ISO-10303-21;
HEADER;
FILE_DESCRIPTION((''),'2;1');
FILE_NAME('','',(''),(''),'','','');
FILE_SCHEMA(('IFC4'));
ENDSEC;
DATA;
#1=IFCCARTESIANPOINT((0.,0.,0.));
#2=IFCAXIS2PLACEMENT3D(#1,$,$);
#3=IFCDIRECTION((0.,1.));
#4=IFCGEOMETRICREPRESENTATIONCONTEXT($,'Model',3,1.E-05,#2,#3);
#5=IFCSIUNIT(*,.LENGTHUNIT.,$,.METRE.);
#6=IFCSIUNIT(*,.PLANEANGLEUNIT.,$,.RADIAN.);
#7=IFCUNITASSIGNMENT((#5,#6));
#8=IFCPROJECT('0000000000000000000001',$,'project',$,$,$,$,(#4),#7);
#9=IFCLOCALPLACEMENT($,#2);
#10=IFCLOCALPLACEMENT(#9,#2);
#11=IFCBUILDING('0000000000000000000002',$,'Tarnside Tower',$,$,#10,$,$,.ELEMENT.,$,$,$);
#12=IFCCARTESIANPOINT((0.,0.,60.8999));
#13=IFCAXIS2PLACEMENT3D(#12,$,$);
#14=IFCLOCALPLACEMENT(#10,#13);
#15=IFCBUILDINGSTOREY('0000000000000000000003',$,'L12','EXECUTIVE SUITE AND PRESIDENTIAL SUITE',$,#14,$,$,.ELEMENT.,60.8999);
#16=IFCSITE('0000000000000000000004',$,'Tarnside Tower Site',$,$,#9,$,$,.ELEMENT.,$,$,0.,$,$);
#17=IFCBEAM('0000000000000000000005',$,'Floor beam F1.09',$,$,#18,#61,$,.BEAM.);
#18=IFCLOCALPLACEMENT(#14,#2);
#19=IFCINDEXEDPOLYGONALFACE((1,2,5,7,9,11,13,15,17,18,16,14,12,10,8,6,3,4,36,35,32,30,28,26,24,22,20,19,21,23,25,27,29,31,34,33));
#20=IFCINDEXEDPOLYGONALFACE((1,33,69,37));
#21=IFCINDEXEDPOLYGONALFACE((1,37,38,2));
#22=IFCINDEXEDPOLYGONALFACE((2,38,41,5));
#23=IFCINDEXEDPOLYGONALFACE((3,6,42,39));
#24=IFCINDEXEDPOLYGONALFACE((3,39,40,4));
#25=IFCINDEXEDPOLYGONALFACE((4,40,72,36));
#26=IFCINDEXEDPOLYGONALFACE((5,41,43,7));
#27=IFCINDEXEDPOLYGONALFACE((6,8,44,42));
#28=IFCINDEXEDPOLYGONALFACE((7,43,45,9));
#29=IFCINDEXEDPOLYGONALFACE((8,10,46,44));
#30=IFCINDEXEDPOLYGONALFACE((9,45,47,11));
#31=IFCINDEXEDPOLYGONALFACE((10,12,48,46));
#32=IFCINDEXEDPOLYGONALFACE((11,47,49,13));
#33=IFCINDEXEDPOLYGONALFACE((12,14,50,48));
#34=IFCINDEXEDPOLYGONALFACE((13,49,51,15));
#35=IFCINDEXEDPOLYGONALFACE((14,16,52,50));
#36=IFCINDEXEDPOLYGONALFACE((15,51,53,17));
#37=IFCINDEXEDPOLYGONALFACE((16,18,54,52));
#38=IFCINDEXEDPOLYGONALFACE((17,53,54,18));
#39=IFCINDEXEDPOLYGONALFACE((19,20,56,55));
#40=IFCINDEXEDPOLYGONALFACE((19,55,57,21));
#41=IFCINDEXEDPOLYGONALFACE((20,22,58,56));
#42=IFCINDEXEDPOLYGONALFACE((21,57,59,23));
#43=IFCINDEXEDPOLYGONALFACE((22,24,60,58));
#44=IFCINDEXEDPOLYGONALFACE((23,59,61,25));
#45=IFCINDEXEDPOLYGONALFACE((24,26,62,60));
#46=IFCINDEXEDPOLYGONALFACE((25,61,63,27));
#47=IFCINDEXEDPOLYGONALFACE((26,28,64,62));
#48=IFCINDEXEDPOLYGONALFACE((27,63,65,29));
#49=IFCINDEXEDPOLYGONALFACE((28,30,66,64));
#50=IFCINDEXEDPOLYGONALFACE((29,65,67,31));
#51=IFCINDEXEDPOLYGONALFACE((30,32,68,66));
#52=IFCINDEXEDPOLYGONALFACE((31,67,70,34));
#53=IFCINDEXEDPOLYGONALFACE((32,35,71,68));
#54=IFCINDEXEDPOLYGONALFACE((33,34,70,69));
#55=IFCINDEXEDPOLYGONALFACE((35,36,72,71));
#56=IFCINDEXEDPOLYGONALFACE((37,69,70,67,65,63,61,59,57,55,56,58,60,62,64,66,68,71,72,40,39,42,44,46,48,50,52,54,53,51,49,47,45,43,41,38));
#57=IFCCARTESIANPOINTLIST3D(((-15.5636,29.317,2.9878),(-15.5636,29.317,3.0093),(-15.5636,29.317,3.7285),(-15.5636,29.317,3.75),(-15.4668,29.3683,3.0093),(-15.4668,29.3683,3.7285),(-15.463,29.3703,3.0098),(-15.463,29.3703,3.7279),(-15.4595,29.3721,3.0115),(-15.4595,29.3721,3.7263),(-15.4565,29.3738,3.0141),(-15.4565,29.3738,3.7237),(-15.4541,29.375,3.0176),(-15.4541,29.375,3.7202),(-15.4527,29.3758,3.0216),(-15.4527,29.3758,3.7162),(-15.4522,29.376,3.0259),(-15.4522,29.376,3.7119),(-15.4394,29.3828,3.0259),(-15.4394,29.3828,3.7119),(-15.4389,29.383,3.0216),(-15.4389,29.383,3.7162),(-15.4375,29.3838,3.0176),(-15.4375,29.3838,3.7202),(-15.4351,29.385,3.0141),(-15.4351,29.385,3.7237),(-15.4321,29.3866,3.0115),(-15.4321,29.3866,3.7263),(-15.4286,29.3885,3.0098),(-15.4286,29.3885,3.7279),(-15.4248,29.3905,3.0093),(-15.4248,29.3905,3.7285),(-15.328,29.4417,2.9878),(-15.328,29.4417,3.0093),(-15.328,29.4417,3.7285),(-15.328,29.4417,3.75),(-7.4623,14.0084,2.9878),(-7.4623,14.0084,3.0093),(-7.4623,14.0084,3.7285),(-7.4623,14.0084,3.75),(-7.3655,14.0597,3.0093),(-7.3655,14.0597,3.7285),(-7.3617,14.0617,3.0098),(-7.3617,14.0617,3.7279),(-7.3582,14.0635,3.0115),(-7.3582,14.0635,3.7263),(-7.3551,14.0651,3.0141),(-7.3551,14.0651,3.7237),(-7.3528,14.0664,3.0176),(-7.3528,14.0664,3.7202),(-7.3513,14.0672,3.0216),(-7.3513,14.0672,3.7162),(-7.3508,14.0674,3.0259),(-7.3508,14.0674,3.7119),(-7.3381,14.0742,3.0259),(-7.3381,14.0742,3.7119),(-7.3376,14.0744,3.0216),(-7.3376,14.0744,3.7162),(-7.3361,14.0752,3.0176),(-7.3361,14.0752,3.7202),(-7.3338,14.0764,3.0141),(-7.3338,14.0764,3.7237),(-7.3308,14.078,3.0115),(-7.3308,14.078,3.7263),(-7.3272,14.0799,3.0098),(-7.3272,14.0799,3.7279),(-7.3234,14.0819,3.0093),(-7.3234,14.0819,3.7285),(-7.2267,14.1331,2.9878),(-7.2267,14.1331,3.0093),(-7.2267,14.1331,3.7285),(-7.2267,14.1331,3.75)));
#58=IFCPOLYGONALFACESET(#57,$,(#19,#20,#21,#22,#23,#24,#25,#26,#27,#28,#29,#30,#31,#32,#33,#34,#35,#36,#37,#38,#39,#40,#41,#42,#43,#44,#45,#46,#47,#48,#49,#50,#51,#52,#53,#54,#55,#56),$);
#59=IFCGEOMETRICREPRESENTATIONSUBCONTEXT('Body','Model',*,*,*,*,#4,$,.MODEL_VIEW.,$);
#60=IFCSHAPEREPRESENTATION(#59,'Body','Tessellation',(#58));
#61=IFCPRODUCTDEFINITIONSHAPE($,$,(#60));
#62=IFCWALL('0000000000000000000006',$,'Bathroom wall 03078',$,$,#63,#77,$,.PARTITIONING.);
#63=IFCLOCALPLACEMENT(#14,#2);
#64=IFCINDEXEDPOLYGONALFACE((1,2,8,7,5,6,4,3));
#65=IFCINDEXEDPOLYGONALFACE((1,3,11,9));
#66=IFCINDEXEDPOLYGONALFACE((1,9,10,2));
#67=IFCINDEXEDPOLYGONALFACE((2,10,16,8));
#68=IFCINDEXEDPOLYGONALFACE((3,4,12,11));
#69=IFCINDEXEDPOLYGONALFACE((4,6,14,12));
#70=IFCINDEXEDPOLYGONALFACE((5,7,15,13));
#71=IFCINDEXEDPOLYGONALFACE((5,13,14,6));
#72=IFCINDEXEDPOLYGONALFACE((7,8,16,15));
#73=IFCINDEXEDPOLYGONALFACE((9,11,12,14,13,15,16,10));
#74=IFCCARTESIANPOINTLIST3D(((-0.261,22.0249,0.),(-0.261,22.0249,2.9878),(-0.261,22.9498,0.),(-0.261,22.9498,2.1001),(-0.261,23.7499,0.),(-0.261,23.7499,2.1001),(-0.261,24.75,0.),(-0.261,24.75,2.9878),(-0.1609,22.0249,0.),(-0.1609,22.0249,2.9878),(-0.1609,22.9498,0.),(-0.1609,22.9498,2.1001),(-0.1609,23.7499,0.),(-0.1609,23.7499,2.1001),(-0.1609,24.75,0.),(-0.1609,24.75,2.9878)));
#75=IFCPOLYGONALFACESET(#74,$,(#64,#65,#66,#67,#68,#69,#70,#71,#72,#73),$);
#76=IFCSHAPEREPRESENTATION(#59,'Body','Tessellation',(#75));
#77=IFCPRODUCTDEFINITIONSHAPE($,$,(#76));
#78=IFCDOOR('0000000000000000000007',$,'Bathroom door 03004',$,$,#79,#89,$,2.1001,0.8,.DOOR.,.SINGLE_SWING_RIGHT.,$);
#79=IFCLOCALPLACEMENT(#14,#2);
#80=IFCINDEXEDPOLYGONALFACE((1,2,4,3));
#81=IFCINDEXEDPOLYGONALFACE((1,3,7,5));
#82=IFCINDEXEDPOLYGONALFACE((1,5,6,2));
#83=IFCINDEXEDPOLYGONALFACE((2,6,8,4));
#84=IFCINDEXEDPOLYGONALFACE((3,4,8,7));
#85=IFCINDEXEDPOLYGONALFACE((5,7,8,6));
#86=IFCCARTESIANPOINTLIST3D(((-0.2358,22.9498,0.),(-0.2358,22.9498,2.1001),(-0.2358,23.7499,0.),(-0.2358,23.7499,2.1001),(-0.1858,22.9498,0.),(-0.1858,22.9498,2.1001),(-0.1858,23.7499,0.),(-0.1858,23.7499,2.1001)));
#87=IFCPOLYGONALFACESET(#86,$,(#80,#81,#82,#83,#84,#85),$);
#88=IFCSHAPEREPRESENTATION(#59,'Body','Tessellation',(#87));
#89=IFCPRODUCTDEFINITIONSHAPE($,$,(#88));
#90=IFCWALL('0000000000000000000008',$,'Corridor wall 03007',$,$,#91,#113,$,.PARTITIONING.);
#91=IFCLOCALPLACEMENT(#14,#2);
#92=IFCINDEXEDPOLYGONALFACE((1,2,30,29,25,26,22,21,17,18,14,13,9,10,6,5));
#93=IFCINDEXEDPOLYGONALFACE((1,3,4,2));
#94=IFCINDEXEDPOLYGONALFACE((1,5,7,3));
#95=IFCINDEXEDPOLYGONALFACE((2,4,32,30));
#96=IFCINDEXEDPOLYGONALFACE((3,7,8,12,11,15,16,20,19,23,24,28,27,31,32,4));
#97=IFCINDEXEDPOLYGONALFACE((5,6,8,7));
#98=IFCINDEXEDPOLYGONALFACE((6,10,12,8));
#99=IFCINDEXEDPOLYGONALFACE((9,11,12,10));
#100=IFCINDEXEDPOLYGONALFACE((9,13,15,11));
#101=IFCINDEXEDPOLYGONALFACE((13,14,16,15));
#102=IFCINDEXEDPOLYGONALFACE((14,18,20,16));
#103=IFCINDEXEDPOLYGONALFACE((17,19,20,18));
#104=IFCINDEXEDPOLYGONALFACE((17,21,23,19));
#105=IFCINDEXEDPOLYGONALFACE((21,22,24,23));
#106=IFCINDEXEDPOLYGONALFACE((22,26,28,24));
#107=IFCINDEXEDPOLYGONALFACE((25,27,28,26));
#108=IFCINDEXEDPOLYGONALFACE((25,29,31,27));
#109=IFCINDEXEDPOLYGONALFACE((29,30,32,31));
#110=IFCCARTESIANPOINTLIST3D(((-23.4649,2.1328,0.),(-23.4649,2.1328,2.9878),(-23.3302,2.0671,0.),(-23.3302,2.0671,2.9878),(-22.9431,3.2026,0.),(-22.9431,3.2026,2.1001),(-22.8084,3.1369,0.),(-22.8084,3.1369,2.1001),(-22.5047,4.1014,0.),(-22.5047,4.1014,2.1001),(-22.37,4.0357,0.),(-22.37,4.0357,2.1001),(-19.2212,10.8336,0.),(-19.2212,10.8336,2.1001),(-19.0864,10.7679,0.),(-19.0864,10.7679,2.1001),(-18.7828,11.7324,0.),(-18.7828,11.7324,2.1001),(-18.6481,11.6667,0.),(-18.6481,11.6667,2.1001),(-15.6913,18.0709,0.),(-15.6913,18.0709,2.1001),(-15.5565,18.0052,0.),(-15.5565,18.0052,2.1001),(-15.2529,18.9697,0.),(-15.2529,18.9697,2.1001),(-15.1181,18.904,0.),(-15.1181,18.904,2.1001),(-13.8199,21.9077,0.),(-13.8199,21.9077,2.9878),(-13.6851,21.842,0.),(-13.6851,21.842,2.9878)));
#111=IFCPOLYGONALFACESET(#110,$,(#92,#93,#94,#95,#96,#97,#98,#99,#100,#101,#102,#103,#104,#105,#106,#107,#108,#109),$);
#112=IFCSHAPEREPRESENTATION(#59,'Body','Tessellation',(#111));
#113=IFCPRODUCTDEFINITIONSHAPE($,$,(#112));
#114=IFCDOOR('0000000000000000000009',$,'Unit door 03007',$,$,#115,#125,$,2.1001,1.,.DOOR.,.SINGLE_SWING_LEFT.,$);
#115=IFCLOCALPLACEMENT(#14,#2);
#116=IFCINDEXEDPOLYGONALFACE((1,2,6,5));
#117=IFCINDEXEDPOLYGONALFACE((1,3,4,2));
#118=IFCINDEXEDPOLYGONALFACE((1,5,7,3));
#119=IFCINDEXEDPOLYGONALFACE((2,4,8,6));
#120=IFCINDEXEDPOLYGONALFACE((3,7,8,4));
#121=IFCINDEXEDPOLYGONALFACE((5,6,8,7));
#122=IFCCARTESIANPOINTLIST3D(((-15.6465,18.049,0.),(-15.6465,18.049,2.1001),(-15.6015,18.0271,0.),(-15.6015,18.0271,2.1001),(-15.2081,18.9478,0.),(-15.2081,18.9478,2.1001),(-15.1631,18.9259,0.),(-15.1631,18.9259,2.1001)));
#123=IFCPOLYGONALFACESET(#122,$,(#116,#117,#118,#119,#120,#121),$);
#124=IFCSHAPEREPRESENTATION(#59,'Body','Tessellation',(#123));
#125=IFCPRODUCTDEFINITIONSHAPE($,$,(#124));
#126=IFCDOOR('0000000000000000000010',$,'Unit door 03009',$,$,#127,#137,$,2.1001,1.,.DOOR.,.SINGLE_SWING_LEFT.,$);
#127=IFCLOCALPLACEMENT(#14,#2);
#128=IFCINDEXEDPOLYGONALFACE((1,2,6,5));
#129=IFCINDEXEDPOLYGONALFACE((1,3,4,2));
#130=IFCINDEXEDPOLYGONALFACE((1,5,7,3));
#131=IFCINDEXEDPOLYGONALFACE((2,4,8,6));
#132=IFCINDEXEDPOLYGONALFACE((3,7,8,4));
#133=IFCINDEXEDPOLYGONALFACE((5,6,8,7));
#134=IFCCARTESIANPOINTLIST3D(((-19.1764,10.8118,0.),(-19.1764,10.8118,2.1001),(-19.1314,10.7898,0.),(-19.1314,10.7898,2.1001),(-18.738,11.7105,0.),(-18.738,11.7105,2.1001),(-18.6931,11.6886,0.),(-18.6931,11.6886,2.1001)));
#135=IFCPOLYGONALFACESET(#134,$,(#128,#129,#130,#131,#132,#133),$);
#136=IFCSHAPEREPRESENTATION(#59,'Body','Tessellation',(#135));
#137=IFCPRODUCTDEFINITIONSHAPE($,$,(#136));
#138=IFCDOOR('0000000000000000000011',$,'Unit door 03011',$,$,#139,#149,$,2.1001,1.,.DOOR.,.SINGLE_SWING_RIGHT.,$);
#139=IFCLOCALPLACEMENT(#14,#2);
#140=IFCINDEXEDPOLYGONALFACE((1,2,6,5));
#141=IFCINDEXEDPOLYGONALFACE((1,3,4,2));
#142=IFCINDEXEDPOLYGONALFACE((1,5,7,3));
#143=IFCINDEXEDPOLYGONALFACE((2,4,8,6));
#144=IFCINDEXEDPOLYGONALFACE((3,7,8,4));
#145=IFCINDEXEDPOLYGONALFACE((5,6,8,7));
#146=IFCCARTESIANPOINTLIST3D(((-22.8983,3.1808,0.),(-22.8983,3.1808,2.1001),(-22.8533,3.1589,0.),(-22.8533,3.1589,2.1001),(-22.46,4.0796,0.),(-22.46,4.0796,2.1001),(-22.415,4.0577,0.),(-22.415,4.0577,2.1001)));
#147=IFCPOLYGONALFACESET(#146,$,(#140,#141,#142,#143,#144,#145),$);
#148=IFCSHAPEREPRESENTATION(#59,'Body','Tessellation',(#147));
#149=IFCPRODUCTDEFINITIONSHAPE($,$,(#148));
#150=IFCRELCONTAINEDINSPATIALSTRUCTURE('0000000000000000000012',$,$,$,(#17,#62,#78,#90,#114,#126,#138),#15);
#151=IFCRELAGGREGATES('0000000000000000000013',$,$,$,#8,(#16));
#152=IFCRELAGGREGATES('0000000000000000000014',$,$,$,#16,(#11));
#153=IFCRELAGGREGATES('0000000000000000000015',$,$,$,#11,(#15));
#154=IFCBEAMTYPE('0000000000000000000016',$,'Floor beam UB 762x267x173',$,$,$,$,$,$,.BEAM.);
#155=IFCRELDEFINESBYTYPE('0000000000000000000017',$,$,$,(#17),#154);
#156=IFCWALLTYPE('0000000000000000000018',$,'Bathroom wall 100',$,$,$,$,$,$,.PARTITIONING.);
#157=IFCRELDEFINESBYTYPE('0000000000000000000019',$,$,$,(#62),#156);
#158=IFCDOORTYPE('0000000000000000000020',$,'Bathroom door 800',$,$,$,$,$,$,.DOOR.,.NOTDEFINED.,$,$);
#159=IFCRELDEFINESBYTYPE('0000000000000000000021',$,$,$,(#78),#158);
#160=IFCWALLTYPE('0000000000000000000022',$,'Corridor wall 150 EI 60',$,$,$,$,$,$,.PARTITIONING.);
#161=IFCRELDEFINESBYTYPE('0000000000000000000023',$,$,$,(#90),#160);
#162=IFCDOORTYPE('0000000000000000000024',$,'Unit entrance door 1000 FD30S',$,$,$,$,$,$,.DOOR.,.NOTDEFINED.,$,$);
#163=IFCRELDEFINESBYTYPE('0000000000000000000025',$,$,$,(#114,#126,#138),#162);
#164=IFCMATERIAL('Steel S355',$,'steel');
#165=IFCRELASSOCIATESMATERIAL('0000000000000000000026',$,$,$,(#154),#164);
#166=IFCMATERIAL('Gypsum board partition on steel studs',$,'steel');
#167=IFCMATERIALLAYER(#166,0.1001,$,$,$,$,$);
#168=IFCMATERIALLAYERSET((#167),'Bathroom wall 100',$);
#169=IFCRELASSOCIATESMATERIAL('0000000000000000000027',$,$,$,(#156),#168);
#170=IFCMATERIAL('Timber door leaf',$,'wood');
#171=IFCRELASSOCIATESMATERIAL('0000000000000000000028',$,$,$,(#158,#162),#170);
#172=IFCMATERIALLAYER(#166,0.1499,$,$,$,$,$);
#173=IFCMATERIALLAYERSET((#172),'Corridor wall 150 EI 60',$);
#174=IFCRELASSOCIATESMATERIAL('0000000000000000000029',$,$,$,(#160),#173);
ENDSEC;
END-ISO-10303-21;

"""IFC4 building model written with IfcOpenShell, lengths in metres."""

from ifc_helpers import new_model, si_unit, direction, frame, frame_2d, origin, origin_2d, place, context, subcontext, project, spatial, rectangle, i_section, extrude, material, layer, layer_set, material_profile, profile_set, type_object, element, fill, save


model = new_model("IFC4")

# Units and contexts
model_context = context("Model", 3, precision=1e-05, world=origin(), true_north=direction((0.0, 1.0)))
body_context = subcontext(model_context, "Body", "Model", "MODEL_VIEW")
ifc_project = project(units=[si_unit("LENGTHUNIT", "METRE"), si_unit("PLANEANGLEUNIT", "RADIAN")], contexts=[model_context])

# Site, building, storey
site_placement = place(None, origin())
site = spatial("IfcSite", under=ifc_project, at=site_placement, Name="Tarnside Tower Site", CompositionType="ELEMENT", RefElevation=0.0)
building_placement = place(site_placement, origin())
building = spatial("IfcBuilding", under=site, at=building_placement, Name="Tarnside Tower", CompositionType="ELEMENT")
storey_placement = place(building_placement, frame((0.0, 0.0, 60.8999)))
storey = spatial("IfcBuildingStorey", under=building, at=storey_placement, Name="L12", Description="EXECUTIVE SUITE AND PRESIDENTIAL SUITE", CompositionType="ELEMENT", Elevation=60.8999)

# Beam
ifc_material_1 = material(Name="Steel S355", Category="steel")
ifc_material_profile_1 = material_profile(ifc_material_1, i_section(OverallWidth=0.2666, OverallDepth=0.7622, WebThickness=0.0144, FlangeThickness=0.0215, FilletRadius=0.0166, at=origin_2d()), Name="UB 762x267x173")
ifc_profile_set_1 = profile_set([ifc_material_profile_1], Name="Steel S355")
beam_type_1 = type_object("IfcBeamType", Name="Floor beam UB 762x267x173", PredefinedType="BEAM", material=ifc_profile_set_1)
beam_1_placement = place(storey_placement, frame((-15.4458, 29.3794, 3.3689), z_axis=(0.467742, -0.883865, 0.0), x_axis=(0.883865, 0.467742, 0.0)))
element("IfcBeam", 1, at=beam_1_placement, inside=storey, type_object=beam_type_1, Name="Floor beam F1.09", PredefinedType="BEAM", context=body_context, shape_type="SweptSolid", body=[
    extrude(i_section(OverallWidth=0.2666, OverallDepth=0.7622, WebThickness=0.0144, FlangeThickness=0.0215, FilletRadius=0.0166, at=origin_2d()), origin(), (0.0, 0.0, 1.0), 17.3201),
])

# Wall, opening, door
ifc_material_2 = material(Name="Gypsum board partition on steel studs", Category="steel")
ifc_layer_1 = layer(ifc_material_2, 0.1001)
ifc_layer_set_1 = layer_set([ifc_layer_1], Name="Bathroom wall 100")
wall_type_1 = type_object("IfcWallType", Name="Bathroom wall 100", PredefinedType="PARTITIONING", material=ifc_layer_set_1)
wall_1_placement = place(storey_placement, frame((-0.2109, 22.0249, 0.0), z_axis=(0.0, 0.0, 1.0), x_axis=(0.0, 1.0, 0.0)))
wall_1 = element("IfcWall", 2, at=wall_1_placement, inside=storey, type_object=wall_type_1, Name="Bathroom wall 03078", PredefinedType="PARTITIONING", context=body_context, shape_type="SweptSolid", body=[
    extrude(rectangle(XDim=2.7251, YDim=0.1001, at=frame_2d((1.3625, 0.0))), origin(), (0.0, 0.0, 1.0), 2.9878),
])
opening_1_placement = place(wall_1_placement, frame((0.925, 0.0, 0.0)))
opening_1 = element("IfcOpeningElement", 3, at=opening_1_placement, cuts=wall_1, PredefinedType="OPENING", context=body_context, shape_type="SweptSolid", body=[
    extrude(rectangle(XDim=0.8, YDim=2.1001, at=frame_2d((0.3999, 1.05))), frame((0.0, 0.0601, 0.0), z_axis=(0.0, -1.0, 0.0), x_axis=(1.0, 0.0, 0.0)), (0.0, 0.0, 1.0), 0.1201),
])
ifc_material_3 = material(Name="Timber door leaf", Category="wood")
door_type_1 = type_object("IfcDoorType", Name="Bathroom door 800", OperationType="NOTDEFINED", PredefinedType="DOOR", material=ifc_material_3)
door_1_placement = place(opening_1_placement, origin())
door_1 = element("IfcDoor", 4, at=door_1_placement, inside=storey, type_object=door_type_1, Name="Bathroom door 03004", OperationType="SINGLE_SWING_RIGHT", OverallHeight=2.1001, OverallWidth=0.8, PredefinedType="DOOR", context=body_context, shape_type="SweptSolid", body=[
    extrude(rectangle(XDim=0.8, YDim=2.1001, at=frame_2d((0.3999, 1.05))), frame((0.0, 0.0249, 0.0), z_axis=(0.0, -1.0, 0.0), x_axis=(1.0, 0.0, 0.0)), (0.0, 0.0, 1.0), 0.05),
])
fill(opening_1, door_1)

# Wall, openings, doors
ifc_layer_2 = layer(ifc_material_2, 0.1499)
ifc_layer_set_2 = layer_set([ifc_layer_2], Name="Corridor wall 150 EI 60")
wall_type_2 = type_object("IfcWallType", Name="Corridor wall 150 EI 60", PredefinedType="PARTITIONING", material=ifc_layer_set_2)
wall_2_placement = place(storey_placement, frame((-13.7524, 21.875, 0.0), z_axis=(0.0, 0.0, 1.0), x_axis=(-0.438377, -0.898791, 0.0)))
wall_2 = element("IfcWall", 5, at=wall_2_placement, inside=storey, type_object=wall_type_2, Name="Corridor wall 03007", PredefinedType="PARTITIONING", context=body_context, shape_type="SweptSolid", body=[
    extrude(rectangle(XDim=22.0017, YDim=0.1499, at=frame_2d((11.001, 0.0))), origin(), (0.0, 0.0, 1.0), 2.9878),
])
opening_2_placement = place(wall_2_placement, frame((3.269, 0.0, 0.0)))
opening_2 = element("IfcOpeningElement", 6, at=opening_2_placement, cuts=wall_2, PredefinedType="OPENING", context=body_context, shape_type="SweptSolid", body=[
    extrude(rectangle(XDim=1.0, YDim=2.1001, at=frame_2d((0.5, 1.05))), frame((0.0, 0.085, 0.0), z_axis=(0.0, -1.0, 0.0), x_axis=(1.0, 0.0, 0.0)), (0.0, 0.0, 1.0), 0.1699),
])
opening_3_placement = place(wall_2_placement, frame((11.3213, 0.0, 0.0)))
opening_3 = element("IfcOpeningElement", 7, at=opening_3_placement, cuts=wall_2, PredefinedType="OPENING", context=body_context, shape_type="SweptSolid", body=[
    extrude(rectangle(XDim=1.0, YDim=2.1001, at=frame_2d((0.5, 1.05))), frame((0.0, 0.085, 0.0), z_axis=(0.0, -1.0, 0.0), x_axis=(1.0, 0.0, 0.0)), (0.0, 0.0, 1.0), 0.1699),
])
opening_4_placement = place(wall_2_placement, frame((19.8115, 0.0, 0.0)))
opening_4 = element("IfcOpeningElement", 8, at=opening_4_placement, cuts=wall_2, PredefinedType="OPENING", context=body_context, shape_type="SweptSolid", body=[
    extrude(rectangle(XDim=1.0, YDim=2.1001, at=frame_2d((0.5, 1.05))), frame((0.0, 0.085, 0.0), z_axis=(0.0, -1.0, 0.0), x_axis=(1.0, 0.0, 0.0)), (0.0, 0.0, 1.0), 0.1699),
])
door_type_2 = type_object("IfcDoorType", Name="Unit entrance door 1000 FD30S", OperationType="NOTDEFINED", PredefinedType="DOOR", material=ifc_material_3)
door_2_placement = place(opening_2_placement, origin())
door_2 = element("IfcDoor", 9, at=door_2_placement, inside=storey, type_object=door_type_2, Name="Unit door 03007", OperationType="SINGLE_SWING_LEFT", OverallHeight=2.1001, OverallWidth=1.0, PredefinedType="DOOR", context=body_context, shape_type="SweptSolid", body=[
    extrude(rectangle(XDim=1.0, YDim=2.1001, at=frame_2d((0.5, 1.05))), frame((0.0, 0.0249, 0.0), z_axis=(0.0, -1.0, 0.0), x_axis=(1.0, 0.0, 0.0)), (0.0, 0.0, 1.0), 0.05),
])
fill(opening_2, door_2)
door_3_placement = place(opening_3_placement, origin())
door_3 = element("IfcDoor", 10, at=door_3_placement, inside=storey, type_object=door_type_2, Name="Unit door 03009", OperationType="SINGLE_SWING_LEFT", OverallHeight=2.1001, OverallWidth=1.0, PredefinedType="DOOR", context=body_context, shape_type="SweptSolid", body=[
    extrude(rectangle(XDim=1.0, YDim=2.1001, at=frame_2d((0.5, 1.05))), frame((0.0, 0.0249, 0.0), z_axis=(0.0, -1.0, 0.0), x_axis=(1.0, 0.0, 0.0)), (0.0, 0.0, 1.0), 0.05),
])
fill(opening_3, door_3)
door_4_placement = place(opening_4_placement, origin())
door_4 = element("IfcDoor", 11, at=door_4_placement, inside=storey, type_object=door_type_2, Name="Unit door 03011", OperationType="SINGLE_SWING_RIGHT", OverallHeight=2.1001, OverallWidth=1.0, PredefinedType="DOOR", context=body_context, shape_type="SweptSolid", body=[
    extrude(rectangle(XDim=1.0, YDim=2.1001, at=frame_2d((0.5, 1.05))), frame((0.0, 0.0249, 0.0), z_axis=(0.0, -1.0, 0.0), x_axis=(1.0, 0.0, 0.0)), (0.0, 0.0, 1.0), 0.05),
])
fill(opening_4, door_4)

save(model, "model.ifc")
